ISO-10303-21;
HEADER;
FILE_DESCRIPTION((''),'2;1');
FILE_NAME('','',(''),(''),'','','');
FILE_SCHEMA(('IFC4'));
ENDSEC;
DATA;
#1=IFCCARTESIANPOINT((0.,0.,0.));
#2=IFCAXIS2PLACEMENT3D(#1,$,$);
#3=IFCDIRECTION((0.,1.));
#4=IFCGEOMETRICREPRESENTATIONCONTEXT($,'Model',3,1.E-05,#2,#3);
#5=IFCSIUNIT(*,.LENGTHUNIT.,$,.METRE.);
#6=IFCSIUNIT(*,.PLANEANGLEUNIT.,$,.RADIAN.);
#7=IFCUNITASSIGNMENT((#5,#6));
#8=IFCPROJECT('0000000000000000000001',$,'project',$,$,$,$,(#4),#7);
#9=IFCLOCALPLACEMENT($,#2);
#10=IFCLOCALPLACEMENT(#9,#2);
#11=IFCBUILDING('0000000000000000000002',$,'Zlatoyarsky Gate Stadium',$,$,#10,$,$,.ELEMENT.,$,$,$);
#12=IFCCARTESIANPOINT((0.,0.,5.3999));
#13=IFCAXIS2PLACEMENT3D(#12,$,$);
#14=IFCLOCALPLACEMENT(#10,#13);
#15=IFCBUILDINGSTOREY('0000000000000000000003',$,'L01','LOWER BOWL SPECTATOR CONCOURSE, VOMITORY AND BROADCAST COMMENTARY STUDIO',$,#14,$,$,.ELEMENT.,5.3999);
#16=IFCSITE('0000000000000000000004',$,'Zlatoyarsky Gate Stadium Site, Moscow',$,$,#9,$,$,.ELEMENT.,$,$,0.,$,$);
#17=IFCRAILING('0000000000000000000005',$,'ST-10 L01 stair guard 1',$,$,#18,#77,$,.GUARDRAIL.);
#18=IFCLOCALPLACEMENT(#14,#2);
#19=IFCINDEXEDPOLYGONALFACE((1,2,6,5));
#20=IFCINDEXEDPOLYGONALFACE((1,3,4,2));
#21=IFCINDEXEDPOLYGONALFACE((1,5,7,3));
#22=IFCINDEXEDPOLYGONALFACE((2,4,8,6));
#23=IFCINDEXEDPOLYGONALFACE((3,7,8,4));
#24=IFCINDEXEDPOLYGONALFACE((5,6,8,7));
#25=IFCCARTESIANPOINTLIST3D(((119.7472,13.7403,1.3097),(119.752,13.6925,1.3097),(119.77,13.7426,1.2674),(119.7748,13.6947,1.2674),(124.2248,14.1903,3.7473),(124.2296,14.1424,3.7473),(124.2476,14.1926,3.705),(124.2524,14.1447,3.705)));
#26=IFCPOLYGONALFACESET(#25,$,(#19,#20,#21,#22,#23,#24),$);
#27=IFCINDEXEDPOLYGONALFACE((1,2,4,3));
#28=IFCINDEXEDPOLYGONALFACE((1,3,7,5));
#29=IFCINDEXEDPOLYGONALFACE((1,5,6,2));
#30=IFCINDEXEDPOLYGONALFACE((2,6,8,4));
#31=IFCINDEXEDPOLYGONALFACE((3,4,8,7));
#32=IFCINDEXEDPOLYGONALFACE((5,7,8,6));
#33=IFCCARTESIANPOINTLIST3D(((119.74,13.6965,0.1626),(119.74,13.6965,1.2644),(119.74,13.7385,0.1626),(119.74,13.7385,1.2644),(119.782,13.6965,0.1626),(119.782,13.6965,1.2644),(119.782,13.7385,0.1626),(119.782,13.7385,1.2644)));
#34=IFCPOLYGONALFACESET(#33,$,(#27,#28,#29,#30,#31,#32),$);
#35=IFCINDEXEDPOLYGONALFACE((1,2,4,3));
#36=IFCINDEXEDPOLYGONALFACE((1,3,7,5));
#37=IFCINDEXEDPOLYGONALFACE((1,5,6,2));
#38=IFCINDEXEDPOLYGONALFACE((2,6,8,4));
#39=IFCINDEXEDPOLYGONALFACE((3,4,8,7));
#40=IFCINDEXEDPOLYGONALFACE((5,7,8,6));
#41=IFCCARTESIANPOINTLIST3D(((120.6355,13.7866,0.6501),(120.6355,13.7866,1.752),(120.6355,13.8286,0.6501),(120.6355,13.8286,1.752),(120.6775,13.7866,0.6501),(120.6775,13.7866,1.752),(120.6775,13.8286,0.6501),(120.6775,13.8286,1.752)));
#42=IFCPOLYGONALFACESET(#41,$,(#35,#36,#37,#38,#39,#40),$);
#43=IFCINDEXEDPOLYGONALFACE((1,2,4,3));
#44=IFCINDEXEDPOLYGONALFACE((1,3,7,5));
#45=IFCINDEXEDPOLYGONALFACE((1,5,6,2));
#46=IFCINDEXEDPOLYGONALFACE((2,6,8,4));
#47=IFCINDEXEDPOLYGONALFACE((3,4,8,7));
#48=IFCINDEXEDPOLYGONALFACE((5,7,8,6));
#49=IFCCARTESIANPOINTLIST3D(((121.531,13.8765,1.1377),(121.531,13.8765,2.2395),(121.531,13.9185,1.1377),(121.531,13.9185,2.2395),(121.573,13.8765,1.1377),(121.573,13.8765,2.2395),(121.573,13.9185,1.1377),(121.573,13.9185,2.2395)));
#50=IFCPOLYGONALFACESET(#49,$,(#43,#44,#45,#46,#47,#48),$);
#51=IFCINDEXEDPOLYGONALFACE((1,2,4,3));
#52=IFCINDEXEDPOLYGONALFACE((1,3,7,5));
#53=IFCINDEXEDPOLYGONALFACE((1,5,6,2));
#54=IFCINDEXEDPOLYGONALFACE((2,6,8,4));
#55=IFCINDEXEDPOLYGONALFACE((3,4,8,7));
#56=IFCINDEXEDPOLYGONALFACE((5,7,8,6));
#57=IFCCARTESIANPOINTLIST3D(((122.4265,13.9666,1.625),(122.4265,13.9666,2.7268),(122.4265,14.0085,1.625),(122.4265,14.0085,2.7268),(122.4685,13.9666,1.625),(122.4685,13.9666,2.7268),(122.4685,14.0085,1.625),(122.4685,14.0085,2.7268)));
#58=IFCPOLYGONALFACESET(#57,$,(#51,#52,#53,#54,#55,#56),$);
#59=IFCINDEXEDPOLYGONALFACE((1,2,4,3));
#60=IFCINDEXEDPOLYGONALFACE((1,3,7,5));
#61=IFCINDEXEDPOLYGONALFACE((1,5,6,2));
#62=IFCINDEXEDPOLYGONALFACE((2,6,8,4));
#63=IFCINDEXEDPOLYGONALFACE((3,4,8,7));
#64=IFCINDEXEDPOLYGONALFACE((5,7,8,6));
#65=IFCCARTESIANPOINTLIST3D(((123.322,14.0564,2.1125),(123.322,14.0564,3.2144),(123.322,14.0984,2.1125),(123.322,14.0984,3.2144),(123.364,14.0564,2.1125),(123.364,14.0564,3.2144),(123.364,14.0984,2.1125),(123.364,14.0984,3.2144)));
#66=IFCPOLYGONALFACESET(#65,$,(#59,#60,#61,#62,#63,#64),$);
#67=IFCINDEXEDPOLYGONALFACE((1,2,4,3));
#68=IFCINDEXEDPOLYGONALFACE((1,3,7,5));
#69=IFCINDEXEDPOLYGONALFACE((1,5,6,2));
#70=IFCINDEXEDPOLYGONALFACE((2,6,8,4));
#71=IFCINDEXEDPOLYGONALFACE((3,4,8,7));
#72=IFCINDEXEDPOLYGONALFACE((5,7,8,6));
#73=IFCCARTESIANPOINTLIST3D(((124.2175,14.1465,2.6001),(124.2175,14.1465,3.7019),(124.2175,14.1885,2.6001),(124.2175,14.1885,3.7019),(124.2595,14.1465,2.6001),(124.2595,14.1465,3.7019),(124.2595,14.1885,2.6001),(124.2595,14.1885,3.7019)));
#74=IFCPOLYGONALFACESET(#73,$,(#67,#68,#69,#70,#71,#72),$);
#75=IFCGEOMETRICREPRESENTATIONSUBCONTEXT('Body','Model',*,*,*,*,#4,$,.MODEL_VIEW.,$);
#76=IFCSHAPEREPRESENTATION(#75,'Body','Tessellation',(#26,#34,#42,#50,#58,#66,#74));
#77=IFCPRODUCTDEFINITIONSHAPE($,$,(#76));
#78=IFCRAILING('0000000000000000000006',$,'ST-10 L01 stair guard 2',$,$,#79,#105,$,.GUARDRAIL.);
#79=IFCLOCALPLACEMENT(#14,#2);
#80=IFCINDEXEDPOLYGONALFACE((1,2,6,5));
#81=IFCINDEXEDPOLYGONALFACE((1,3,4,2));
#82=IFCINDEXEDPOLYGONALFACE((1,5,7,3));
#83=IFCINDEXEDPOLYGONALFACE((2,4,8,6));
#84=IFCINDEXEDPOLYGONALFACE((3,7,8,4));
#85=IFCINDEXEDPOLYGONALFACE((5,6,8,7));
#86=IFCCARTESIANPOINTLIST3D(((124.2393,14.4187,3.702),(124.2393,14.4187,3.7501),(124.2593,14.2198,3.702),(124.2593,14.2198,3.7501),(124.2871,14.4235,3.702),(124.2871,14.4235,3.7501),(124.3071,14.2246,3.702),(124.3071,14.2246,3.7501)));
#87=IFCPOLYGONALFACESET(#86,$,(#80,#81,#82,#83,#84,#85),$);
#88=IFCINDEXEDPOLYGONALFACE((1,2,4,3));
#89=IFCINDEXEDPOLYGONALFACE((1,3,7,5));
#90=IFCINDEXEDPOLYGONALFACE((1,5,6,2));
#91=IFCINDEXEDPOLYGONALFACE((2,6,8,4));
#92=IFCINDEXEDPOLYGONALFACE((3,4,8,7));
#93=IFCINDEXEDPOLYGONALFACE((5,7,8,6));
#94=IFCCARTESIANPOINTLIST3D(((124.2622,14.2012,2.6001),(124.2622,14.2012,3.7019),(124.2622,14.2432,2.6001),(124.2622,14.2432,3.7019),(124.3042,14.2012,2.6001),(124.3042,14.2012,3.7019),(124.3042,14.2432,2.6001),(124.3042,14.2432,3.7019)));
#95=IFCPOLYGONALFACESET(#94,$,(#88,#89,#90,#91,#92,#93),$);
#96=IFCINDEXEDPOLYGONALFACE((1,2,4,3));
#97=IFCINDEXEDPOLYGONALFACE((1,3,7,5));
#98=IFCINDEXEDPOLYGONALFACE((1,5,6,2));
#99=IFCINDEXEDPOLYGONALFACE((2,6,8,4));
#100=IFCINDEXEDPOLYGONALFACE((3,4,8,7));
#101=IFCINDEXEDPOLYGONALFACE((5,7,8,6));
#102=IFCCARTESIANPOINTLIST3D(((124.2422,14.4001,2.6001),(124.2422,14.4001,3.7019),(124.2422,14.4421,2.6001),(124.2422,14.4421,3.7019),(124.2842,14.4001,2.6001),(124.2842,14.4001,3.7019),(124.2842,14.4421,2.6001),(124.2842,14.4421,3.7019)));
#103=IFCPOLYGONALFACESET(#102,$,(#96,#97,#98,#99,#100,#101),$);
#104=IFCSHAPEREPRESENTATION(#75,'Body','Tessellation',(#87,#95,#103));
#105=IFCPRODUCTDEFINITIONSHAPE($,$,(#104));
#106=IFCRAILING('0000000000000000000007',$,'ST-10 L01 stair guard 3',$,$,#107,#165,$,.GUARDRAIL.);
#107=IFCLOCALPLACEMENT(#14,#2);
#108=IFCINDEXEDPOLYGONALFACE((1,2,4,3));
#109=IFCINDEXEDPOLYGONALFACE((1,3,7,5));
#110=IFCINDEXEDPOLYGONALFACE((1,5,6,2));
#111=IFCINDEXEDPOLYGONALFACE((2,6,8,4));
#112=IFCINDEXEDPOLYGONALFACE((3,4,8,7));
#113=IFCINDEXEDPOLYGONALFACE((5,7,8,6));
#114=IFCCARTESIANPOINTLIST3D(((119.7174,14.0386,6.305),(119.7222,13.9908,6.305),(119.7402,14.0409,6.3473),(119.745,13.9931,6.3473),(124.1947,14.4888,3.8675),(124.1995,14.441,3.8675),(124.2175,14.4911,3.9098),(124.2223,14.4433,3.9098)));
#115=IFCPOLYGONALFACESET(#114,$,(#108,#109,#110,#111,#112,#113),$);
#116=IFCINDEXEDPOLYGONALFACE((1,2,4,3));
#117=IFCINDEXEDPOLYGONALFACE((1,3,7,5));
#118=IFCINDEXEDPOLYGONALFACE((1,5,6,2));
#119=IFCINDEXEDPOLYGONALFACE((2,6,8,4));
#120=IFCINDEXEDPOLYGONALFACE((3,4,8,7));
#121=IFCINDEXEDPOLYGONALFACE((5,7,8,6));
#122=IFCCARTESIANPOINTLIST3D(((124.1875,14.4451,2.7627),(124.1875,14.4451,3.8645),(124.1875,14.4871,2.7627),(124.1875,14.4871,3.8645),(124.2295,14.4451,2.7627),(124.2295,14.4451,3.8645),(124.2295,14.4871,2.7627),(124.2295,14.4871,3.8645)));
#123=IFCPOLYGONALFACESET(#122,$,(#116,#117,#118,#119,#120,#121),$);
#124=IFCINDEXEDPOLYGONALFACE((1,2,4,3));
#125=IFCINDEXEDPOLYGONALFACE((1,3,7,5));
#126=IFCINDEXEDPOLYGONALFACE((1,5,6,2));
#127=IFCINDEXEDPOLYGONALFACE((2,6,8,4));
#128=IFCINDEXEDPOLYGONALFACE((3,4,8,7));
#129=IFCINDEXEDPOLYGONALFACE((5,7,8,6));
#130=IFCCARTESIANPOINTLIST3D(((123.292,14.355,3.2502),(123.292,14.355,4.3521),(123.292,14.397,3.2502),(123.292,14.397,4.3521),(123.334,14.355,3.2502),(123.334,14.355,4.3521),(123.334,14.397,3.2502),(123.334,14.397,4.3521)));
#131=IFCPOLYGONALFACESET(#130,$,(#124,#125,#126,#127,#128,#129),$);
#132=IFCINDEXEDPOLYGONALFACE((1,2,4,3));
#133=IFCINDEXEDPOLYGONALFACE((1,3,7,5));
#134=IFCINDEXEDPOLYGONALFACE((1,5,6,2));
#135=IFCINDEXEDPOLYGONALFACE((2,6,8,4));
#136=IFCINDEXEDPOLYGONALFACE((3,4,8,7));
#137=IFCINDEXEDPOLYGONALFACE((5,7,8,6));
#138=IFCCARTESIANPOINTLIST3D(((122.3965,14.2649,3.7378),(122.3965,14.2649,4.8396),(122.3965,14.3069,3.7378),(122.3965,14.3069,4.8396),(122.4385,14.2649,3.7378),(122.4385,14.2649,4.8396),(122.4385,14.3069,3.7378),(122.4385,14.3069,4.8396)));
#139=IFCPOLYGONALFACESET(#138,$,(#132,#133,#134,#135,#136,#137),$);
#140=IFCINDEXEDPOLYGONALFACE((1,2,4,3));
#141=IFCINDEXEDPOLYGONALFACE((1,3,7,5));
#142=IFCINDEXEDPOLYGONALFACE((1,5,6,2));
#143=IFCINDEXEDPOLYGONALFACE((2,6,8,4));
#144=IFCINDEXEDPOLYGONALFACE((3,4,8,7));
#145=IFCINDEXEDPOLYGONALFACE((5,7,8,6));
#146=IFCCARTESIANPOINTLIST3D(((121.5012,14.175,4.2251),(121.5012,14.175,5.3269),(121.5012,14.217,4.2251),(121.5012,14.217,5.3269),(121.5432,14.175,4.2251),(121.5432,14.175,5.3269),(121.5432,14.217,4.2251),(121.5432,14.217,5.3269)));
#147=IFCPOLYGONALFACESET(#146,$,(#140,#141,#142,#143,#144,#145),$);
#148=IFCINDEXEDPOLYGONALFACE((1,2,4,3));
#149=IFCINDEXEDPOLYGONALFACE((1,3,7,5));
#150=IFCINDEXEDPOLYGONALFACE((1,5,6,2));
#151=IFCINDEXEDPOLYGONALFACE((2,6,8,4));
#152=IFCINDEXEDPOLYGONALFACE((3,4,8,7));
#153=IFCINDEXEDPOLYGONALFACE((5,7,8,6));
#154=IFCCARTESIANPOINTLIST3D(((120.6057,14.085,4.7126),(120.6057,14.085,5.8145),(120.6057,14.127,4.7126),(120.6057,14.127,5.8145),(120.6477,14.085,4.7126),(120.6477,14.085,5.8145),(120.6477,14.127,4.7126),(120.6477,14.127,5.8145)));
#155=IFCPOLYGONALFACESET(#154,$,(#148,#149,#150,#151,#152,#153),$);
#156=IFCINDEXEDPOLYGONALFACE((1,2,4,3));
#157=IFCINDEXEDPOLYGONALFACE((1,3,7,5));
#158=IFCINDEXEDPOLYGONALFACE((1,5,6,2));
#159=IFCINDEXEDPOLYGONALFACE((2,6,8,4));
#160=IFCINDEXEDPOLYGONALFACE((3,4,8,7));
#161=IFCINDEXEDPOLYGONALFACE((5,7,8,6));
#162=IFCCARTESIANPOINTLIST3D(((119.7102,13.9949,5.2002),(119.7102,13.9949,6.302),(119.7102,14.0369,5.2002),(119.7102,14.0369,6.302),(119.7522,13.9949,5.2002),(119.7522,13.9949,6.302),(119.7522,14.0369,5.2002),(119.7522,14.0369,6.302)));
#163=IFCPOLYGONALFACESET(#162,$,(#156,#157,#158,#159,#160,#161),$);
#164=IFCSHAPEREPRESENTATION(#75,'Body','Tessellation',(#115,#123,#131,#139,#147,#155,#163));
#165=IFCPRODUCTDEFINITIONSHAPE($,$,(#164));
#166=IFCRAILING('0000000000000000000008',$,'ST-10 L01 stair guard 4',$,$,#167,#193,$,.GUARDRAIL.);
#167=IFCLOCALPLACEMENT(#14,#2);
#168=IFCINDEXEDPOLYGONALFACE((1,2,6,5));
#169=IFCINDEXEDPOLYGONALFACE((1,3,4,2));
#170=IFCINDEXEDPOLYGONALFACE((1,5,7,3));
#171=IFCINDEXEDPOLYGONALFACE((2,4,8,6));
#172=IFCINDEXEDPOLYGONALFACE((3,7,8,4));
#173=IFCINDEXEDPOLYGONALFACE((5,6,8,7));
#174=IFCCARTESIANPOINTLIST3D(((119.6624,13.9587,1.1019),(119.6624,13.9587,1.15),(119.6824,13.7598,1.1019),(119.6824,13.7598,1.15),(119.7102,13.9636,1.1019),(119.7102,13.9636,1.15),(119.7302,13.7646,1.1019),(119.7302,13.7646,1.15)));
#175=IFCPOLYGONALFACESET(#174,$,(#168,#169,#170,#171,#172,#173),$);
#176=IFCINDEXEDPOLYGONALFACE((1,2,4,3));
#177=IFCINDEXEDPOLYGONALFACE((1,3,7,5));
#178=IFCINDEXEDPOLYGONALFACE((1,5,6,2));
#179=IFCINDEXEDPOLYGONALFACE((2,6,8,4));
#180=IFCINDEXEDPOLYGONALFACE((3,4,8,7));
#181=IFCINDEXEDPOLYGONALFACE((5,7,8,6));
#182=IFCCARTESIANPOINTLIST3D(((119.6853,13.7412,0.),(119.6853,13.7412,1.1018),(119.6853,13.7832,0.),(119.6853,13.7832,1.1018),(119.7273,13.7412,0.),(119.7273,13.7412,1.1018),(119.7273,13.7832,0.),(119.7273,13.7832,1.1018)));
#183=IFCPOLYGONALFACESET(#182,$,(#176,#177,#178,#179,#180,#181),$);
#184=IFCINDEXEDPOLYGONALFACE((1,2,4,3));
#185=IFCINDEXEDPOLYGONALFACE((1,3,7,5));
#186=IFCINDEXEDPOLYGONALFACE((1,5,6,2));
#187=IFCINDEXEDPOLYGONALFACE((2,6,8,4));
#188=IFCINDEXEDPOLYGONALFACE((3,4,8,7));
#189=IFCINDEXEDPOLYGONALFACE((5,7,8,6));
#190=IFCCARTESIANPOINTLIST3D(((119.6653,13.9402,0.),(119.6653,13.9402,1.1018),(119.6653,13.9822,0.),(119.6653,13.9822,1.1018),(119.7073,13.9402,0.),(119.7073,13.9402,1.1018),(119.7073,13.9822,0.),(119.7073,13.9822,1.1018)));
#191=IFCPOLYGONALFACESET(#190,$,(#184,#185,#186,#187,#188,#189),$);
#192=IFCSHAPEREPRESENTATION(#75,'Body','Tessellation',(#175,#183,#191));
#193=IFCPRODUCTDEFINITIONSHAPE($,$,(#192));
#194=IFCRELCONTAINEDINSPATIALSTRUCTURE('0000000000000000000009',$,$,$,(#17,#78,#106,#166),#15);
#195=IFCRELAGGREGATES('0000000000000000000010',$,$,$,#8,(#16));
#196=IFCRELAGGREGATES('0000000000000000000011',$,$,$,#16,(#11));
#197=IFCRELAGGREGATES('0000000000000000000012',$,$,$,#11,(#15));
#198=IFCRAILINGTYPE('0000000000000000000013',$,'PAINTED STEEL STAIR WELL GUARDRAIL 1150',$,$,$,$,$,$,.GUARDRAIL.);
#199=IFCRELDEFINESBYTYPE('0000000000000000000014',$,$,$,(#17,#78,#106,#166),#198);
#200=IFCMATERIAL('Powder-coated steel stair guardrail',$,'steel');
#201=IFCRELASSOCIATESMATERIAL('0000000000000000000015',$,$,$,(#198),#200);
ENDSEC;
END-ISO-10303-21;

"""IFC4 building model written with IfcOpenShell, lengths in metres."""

from ifc_helpers import new_model, si_unit, direction, frame, origin, origin_2d, place, context, subcontext, project, spatial, rectangle, extrude, material, type_object, element, save


model = new_model("IFC4")

# Units and contexts
model_context = context("Model", 3, precision=1e-05, world=origin(), true_north=direction((0.0, 1.0)))
body_context = subcontext(model_context, "Body", "Model", "MODEL_VIEW")
ifc_project = project(units=[si_unit("LENGTHUNIT", "METRE"), si_unit("PLANEANGLEUNIT", "RADIAN")], contexts=[model_context])

# Site, building, storey
site_placement = place(None, origin())
site = spatial("IfcSite", under=ifc_project, at=site_placement, Name="Zlatoyarsky Gate Stadium Site, Moscow", CompositionType="ELEMENT", RefElevation=0.0)
building_placement = place(site_placement, origin())
building = spatial("IfcBuilding", under=site, at=building_placement, Name="Zlatoyarsky Gate Stadium", CompositionType="ELEMENT")
storey_placement = place(building_placement, frame((0.0, 0.0, 5.3999)))
storey = spatial("IfcBuildingStorey", under=building, at=storey_placement, Name="L01", Description="LOWER BOWL SPECTATOR CONCOURSE, VOMITORY AND BROADCAST COMMENTARY STUDIO", CompositionType="ELEMENT", Elevation=5.3999)

# Railings
ifc_material_1 = material(Name="Powder-coated steel stair guardrail", Category="steel")
railing_type_1 = type_object("IfcRailingType", Name="PAINTED STEEL STAIR WELL GUARDRAIL 1150", PredefinedType="GUARDRAIL", material=ifc_material_1)
railing_1_placement = place(storey_placement, frame((119.761, 13.7175, 0.1626)))
element("IfcRailing", 1, at=railing_1_placement, inside=storey, type_object=railing_type_1, Name="ST-10 L01 stair guard 1", PredefinedType="GUARDRAIL", context=body_context, shape_type="SweptSolid", body=[
    extrude(rectangle(XDim=0.0481, YDim=0.0481, at=origin_2d()), frame((0.0, 0.0, 1.126), z_axis=(0.87489, 0.087918, 0.476276), x_axis=(-0.099987, 0.994989, 0.0)), (0.0, 0.0, 1.0), 5.1179),
    extrude(rectangle(XDim=0.042, YDim=0.042, at=origin_2d()), origin(), (0.0, 0.0, 1.0), 1.1018),
    extrude(rectangle(XDim=0.042, YDim=0.042, at=origin_2d()), frame((0.8955, 0.0901, 0.4875)), (0.0, 0.0, 1.0), 1.1018),
    extrude(rectangle(XDim=0.042, YDim=0.042, at=origin_2d()), frame((1.791, 0.1799, 0.9751)), (0.0, 0.0, 1.0), 1.1018),
    extrude(rectangle(XDim=0.042, YDim=0.042, at=origin_2d()), frame((2.6865, 0.27, 1.4624)), (0.0, 0.0, 1.0), 1.1018),
    extrude(rectangle(XDim=0.042, YDim=0.042, at=origin_2d()), frame((3.582, 0.3599, 1.95)), (0.0, 0.0, 1.0), 1.1018),
    extrude(rectangle(XDim=0.042, YDim=0.042, at=origin_2d()), frame((4.4775, 0.45, 2.4375)), (0.0, 0.0, 1.0), 1.1018),
])
railing_2_placement = place(storey_placement, frame((124.2832, 14.2222, 2.6001)))
element("IfcRailing", 2, at=railing_2_placement, inside=storey, type_object=railing_type_1, Name="ST-10 L01 stair guard 2", PredefinedType="GUARDRAIL", context=body_context, shape_type="SweptSolid", body=[
    extrude(rectangle(XDim=0.0481, YDim=0.0481, at=origin_2d()), frame((0.0, 0.0, 1.126), z_axis=(-0.100108, 0.994977, 0.0), x_axis=(-0.994977, -0.100108, 0.0)), (0.0, 0.0, 1.0), 0.2),
    extrude(rectangle(XDim=0.042, YDim=0.042, at=origin_2d()), origin(), (0.0, 0.0, 1.0), 1.1018),
    extrude(rectangle(XDim=0.042, YDim=0.042, at=origin_2d()), frame((-0.02, 0.199, 0.0)), (0.0, 0.0, 1.0), 1.1018),
])
railing_3_placement = place(storey_placement, frame((124.2085, 14.4661, 2.7627)))
element("IfcRailing", 3, at=railing_3_placement, inside=storey, type_object=railing_type_1, Name="ST-10 L01 stair guard 3", PredefinedType="GUARDRAIL", context=body_context, shape_type="SweptSolid", body=[
    extrude(rectangle(XDim=0.0481, YDim=0.0481, at=origin_2d()), frame((0.0, 0.0, 1.126), z_axis=(-0.874875, -0.087969, 0.476294), x_axis=(0.100046, -0.994983, 0.0)), (0.0, 0.0, 1.0), 5.1177),
    extrude(rectangle(XDim=0.042, YDim=0.042, at=origin_2d()), origin(), (0.0, 0.0, 1.0), 1.1018),
    extrude(rectangle(XDim=0.042, YDim=0.042, at=origin_2d()), frame((-0.8955, -0.0901, 0.4875)), (0.0, 0.0, 1.0), 1.1018),
    extrude(rectangle(XDim=0.042, YDim=0.042, at=origin_2d()), frame((-1.791, -0.1802, 0.9751)), (0.0, 0.0, 1.0), 1.1018),
    extrude(rectangle(XDim=0.042, YDim=0.042, at=origin_2d()), frame((-2.6863, -0.27, 1.4624)), (0.0, 0.0, 1.0), 1.1018),
    extrude(rectangle(XDim=0.042, YDim=0.042, at=origin_2d()), frame((-3.5818, -0.3601, 1.95)), (0.0, 0.0, 1.0), 1.1018),
    extrude(rectangle(XDim=0.042, YDim=0.042, at=origin_2d()), frame((-4.4773, -0.4502, 2.4375)), (0.0, 0.0, 1.0), 1.1018),
])
railing_4_placement = place(storey_placement, frame((119.7063, 13.7622, 0.0)))
element("IfcRailing", 4, at=railing_4_placement, inside=storey, type_object=railing_type_1, Name="ST-10 L01 stair guard 4", PredefinedType="GUARDRAIL", context=body_context, shape_type="SweptSolid", body=[
    extrude(rectangle(XDim=0.0481, YDim=0.0481, at=origin_2d()), frame((0.0, 0.0, 1.126), z_axis=(-0.100108, 0.994977, 0.0), x_axis=(-0.994977, -0.100108, 0.0)), (0.0, 0.0, 1.0), 0.2),
    extrude(rectangle(XDim=0.042, YDim=0.042, at=origin_2d()), origin(), (0.0, 0.0, 1.0), 1.1018),
    extrude(rectangle(XDim=0.042, YDim=0.042, at=origin_2d()), frame((-0.02, 0.199, 0.0)), (0.0, 0.0, 1.0), 1.1018),
])

save(model, "model.ifc")
